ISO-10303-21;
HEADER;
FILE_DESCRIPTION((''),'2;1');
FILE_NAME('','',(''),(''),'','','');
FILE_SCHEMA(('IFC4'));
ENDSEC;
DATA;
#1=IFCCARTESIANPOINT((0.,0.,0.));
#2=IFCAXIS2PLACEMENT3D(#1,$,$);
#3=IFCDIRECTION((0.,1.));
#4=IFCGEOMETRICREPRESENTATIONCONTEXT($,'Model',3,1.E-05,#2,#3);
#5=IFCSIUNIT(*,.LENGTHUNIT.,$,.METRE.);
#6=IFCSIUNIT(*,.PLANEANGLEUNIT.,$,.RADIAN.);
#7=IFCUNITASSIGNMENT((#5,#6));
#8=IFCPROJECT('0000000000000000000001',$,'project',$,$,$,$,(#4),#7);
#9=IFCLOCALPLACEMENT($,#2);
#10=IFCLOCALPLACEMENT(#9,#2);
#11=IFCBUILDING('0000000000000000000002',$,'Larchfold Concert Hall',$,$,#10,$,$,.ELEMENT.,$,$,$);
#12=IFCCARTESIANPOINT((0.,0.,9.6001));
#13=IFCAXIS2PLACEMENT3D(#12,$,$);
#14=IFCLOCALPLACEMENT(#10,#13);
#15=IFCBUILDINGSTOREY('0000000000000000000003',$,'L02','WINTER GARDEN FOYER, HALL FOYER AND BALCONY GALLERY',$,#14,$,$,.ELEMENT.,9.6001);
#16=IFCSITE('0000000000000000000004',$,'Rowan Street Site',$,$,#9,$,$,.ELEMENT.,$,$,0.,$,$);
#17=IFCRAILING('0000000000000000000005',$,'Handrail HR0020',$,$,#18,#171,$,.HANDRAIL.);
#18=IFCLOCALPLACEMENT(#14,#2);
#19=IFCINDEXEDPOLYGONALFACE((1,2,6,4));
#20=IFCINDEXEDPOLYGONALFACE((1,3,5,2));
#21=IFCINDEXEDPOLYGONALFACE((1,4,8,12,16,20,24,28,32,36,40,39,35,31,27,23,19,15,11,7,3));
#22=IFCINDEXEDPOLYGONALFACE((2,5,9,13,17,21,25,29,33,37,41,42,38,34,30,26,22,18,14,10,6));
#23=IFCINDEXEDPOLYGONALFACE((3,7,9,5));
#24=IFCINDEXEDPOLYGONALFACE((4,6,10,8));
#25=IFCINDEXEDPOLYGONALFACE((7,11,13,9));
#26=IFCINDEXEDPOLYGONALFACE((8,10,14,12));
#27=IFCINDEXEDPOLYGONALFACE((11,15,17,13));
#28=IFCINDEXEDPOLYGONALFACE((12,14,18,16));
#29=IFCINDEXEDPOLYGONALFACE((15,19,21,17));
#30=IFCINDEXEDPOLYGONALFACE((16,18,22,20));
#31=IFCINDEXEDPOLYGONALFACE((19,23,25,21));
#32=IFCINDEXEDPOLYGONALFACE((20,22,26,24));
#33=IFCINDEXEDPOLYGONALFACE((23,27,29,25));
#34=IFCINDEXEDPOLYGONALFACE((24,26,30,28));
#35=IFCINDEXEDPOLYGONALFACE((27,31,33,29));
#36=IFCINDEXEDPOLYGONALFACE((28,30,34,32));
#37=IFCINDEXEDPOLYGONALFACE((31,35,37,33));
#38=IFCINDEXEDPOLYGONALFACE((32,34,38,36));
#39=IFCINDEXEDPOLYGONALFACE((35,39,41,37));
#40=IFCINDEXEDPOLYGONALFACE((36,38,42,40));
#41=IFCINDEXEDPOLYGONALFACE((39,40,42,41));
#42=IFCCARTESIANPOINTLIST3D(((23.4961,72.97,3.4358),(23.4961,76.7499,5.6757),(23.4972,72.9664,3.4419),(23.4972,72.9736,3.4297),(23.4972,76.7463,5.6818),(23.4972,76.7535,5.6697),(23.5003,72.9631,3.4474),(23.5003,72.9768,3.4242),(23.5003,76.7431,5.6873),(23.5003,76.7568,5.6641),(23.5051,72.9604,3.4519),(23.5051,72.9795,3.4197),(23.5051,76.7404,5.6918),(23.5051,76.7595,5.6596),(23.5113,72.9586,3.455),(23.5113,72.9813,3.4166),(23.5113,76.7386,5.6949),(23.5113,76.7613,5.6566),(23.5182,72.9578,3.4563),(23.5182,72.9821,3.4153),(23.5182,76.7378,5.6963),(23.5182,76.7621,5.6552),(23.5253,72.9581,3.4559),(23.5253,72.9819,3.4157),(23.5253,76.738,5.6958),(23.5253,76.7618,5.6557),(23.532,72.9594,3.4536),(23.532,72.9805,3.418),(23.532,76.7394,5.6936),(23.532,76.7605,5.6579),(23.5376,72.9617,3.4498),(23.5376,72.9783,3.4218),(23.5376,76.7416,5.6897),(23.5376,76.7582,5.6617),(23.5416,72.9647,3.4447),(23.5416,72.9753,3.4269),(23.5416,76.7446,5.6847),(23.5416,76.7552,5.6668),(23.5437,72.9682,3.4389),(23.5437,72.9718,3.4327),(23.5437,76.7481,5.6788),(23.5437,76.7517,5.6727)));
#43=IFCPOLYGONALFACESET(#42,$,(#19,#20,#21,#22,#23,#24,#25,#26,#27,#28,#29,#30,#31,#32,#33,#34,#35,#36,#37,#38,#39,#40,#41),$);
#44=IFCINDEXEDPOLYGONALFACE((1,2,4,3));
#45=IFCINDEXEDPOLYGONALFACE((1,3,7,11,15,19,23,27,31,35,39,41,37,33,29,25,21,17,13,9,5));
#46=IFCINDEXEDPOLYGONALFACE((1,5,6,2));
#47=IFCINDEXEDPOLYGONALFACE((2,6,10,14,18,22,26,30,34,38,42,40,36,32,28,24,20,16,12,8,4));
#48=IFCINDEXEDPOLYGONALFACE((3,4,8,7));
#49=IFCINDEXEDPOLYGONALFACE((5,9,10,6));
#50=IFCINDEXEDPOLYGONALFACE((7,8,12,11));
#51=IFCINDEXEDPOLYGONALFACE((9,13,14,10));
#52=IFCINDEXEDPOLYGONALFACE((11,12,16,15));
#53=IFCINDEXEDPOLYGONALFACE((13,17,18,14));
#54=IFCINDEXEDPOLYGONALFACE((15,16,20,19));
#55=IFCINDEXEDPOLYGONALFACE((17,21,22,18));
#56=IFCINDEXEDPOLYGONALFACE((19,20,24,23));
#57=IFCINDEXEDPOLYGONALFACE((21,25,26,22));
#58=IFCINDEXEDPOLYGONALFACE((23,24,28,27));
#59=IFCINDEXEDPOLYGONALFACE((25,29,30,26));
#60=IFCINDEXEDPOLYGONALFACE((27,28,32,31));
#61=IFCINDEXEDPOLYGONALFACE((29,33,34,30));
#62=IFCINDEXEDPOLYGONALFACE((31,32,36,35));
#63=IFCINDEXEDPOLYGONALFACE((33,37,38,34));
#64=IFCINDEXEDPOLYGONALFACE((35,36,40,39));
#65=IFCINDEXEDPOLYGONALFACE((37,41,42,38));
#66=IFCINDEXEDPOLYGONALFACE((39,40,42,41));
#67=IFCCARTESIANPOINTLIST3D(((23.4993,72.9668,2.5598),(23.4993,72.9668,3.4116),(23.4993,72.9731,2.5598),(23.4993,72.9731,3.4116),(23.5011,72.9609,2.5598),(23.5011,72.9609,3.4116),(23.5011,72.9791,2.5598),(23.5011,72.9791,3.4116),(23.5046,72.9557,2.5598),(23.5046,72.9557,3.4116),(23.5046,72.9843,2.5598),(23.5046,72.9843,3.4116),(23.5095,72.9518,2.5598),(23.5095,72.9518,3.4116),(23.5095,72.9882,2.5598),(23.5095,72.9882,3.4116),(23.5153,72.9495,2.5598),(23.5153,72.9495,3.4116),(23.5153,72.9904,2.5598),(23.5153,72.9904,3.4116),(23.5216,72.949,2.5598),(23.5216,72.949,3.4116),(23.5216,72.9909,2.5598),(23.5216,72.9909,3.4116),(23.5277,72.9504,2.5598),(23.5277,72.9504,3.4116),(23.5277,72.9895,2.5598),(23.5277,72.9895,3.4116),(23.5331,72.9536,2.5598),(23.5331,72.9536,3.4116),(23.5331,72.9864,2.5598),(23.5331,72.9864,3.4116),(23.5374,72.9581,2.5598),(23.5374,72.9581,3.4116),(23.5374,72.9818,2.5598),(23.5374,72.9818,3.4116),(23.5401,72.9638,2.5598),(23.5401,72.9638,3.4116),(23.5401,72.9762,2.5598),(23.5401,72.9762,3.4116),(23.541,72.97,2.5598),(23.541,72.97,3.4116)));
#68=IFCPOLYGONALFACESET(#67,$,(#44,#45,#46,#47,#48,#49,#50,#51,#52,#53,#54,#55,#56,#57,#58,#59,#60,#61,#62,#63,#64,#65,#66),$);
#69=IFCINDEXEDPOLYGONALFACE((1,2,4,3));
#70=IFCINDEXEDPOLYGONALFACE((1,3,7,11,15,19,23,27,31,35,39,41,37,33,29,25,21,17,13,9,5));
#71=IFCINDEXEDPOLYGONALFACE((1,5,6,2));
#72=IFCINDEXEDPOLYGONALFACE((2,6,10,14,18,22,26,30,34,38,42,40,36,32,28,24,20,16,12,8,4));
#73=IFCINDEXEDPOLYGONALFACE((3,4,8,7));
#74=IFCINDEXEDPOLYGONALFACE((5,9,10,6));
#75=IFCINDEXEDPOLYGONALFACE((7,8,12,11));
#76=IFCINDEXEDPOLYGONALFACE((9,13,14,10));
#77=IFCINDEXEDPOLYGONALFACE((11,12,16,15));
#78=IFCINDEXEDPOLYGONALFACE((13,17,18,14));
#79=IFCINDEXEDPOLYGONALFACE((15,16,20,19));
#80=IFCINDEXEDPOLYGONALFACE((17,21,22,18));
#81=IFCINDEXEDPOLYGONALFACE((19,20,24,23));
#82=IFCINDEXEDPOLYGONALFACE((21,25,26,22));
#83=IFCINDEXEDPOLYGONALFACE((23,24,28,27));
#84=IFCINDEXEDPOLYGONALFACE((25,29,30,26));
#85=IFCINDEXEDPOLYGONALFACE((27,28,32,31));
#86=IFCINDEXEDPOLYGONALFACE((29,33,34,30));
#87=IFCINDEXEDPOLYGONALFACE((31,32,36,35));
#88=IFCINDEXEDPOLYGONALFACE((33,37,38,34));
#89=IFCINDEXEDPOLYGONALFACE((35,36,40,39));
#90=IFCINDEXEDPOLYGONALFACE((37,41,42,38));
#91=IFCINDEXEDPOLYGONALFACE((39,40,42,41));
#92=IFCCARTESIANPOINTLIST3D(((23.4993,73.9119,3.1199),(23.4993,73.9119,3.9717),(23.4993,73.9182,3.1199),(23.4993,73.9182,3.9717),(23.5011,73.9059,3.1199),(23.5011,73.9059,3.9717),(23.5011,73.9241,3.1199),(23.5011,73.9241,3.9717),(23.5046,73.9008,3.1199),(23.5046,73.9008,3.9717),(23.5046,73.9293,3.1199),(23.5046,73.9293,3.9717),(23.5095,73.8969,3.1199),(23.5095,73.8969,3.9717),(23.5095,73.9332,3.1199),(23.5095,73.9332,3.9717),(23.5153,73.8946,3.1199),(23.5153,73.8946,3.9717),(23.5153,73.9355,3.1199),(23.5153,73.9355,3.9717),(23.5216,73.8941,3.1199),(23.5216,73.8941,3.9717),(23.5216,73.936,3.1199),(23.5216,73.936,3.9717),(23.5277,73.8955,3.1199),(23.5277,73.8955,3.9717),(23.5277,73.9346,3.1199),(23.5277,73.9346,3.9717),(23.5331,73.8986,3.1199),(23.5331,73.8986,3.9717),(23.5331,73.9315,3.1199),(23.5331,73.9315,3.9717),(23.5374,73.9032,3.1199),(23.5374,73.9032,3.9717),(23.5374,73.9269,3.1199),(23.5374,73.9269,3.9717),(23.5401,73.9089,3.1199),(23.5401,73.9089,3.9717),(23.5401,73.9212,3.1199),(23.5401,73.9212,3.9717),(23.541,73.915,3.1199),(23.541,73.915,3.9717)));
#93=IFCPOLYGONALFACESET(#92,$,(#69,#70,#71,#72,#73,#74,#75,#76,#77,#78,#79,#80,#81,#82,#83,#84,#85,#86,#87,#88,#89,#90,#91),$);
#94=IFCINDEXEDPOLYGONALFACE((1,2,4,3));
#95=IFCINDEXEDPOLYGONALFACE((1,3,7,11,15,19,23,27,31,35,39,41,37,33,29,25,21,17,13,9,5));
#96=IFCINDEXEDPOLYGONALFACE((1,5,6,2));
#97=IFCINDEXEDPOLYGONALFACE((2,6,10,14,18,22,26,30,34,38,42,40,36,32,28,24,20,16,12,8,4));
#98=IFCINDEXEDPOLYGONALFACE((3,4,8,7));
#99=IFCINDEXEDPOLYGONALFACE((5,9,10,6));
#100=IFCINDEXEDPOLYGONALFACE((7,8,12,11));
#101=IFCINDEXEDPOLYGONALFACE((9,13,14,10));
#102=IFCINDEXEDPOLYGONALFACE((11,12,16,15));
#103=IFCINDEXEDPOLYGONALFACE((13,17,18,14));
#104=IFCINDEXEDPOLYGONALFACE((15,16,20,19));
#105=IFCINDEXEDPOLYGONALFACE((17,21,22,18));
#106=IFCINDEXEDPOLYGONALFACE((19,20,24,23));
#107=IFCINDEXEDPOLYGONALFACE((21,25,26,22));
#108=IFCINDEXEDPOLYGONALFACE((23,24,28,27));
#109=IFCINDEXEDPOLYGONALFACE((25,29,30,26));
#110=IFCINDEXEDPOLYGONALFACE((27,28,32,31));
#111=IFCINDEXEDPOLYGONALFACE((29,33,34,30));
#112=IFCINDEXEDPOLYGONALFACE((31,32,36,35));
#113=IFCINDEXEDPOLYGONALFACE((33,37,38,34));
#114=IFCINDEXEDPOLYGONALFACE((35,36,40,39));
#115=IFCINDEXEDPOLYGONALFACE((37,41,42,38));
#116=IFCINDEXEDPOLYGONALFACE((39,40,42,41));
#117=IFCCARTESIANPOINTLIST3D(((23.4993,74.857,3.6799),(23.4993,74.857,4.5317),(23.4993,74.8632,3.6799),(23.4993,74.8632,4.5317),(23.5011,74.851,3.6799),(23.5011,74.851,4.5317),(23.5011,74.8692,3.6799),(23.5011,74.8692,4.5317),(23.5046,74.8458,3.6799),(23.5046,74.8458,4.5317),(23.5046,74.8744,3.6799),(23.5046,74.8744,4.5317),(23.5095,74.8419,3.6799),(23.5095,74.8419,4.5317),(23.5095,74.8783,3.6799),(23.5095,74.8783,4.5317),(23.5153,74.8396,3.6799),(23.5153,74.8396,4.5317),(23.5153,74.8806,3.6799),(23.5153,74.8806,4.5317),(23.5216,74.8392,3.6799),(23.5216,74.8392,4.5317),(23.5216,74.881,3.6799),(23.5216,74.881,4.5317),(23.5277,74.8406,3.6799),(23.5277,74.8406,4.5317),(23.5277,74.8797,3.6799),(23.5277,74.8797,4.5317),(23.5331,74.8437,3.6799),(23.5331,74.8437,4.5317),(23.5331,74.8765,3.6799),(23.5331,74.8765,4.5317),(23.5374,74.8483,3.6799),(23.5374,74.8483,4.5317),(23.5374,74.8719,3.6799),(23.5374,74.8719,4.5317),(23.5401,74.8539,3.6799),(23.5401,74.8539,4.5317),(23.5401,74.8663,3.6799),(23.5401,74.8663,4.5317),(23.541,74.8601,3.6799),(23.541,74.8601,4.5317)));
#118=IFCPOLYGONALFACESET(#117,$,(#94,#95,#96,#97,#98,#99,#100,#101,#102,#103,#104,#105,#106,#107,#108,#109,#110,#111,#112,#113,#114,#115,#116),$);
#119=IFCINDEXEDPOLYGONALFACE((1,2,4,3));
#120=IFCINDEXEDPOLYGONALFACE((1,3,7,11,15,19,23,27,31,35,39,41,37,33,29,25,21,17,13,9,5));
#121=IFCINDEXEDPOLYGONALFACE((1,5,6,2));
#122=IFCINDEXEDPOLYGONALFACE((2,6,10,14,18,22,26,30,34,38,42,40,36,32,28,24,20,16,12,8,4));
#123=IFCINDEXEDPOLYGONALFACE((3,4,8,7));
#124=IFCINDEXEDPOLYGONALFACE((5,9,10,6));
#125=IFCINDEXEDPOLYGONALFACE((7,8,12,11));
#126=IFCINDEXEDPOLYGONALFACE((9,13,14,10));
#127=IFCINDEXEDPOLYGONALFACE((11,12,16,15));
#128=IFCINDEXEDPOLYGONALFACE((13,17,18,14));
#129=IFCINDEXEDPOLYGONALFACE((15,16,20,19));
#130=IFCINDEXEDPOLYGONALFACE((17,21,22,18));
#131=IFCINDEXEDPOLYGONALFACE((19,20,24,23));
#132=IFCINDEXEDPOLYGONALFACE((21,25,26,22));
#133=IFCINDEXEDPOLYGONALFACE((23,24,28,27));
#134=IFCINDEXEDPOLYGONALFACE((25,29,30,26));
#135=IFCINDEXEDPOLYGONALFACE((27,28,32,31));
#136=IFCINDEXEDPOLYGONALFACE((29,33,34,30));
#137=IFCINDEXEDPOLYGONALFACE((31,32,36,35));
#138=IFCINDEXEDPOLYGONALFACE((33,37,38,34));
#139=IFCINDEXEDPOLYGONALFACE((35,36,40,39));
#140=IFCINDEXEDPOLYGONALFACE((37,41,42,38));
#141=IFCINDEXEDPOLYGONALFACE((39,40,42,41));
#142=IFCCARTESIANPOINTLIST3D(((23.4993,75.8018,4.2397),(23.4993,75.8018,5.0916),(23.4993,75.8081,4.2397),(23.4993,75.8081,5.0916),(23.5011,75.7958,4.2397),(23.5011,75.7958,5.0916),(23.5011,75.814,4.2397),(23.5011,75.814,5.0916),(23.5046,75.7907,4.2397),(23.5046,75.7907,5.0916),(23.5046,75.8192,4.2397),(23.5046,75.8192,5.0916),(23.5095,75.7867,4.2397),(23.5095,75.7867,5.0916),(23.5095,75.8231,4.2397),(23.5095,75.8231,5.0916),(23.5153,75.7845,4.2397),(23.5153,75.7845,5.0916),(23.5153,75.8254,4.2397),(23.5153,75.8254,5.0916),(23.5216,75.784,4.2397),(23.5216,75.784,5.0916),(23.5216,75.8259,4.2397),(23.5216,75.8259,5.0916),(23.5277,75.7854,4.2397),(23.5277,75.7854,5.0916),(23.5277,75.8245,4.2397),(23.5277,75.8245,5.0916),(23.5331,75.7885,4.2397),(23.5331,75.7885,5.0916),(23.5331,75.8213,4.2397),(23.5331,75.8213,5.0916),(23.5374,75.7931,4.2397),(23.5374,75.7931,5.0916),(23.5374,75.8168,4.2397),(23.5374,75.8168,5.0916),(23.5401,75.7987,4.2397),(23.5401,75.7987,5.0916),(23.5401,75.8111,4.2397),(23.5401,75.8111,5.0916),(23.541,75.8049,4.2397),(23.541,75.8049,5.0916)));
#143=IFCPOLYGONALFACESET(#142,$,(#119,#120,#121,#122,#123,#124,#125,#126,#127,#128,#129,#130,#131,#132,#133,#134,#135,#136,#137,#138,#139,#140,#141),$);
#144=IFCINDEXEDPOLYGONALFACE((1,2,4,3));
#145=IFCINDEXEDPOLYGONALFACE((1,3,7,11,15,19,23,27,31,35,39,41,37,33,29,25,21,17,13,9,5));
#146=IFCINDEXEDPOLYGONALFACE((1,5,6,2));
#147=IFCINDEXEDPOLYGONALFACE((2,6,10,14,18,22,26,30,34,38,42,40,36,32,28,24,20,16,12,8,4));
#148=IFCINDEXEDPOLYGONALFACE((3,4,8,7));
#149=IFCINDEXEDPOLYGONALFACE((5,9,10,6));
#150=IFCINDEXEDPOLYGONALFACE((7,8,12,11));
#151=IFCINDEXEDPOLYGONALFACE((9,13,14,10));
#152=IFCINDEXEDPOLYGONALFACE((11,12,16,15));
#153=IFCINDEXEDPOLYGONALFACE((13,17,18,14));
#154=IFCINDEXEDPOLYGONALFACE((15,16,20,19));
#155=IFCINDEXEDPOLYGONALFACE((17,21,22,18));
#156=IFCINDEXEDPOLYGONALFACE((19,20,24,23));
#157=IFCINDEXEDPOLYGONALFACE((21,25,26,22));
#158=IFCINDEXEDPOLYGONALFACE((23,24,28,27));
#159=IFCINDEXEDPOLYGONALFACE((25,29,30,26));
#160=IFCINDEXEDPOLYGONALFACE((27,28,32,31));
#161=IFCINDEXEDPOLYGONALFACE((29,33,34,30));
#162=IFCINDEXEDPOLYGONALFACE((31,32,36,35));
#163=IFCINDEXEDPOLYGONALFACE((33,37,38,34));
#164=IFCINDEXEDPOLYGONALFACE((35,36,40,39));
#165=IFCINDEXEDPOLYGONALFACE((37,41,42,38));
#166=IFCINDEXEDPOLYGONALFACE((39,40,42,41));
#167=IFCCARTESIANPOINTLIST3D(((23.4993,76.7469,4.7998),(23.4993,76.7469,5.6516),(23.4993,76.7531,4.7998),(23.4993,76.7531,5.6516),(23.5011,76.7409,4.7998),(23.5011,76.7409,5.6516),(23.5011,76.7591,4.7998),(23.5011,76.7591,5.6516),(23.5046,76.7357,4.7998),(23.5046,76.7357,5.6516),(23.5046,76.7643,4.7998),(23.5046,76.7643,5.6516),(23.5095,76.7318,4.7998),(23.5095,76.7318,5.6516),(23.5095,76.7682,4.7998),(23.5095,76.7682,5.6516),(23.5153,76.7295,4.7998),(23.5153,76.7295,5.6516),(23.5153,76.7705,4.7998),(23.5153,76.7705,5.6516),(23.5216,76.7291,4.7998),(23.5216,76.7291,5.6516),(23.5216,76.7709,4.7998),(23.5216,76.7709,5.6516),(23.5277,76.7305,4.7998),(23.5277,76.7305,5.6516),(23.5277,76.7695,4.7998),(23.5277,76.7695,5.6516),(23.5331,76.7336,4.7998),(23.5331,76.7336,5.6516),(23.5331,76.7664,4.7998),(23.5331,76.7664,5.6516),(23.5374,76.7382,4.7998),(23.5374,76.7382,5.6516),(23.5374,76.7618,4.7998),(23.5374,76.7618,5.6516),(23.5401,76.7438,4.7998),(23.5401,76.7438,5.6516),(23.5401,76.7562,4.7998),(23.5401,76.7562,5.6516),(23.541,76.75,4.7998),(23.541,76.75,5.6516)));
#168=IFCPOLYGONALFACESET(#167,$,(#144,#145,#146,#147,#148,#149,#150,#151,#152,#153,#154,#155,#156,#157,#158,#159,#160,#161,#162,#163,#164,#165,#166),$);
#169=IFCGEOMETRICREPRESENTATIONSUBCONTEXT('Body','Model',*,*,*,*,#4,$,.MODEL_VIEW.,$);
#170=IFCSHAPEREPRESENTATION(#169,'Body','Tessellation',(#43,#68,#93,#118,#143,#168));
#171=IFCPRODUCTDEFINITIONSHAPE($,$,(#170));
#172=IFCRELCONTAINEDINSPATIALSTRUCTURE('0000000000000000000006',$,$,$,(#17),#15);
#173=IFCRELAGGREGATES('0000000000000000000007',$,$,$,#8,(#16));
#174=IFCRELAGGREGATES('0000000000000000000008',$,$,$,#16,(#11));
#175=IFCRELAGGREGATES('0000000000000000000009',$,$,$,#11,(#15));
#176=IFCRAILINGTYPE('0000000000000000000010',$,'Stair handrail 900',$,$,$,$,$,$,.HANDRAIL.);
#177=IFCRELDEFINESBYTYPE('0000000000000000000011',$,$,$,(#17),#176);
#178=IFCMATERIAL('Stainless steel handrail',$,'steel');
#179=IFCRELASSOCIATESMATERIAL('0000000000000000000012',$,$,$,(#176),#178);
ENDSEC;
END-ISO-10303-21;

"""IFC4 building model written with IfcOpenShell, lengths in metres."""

from ifc_helpers import new_model, si_unit, direction, frame, origin, origin_2d, place, context, subcontext, project, spatial, circle, extrude, material, type_object, element, save


model = new_model("IFC4")

# Units and contexts
model_context = context("Model", 3, precision=1e-05, world=origin(), true_north=direction((0.0, 1.0)))
body_context = subcontext(model_context, "Body", "Model", "MODEL_VIEW")
ifc_project = project(units=[si_unit("LENGTHUNIT", "METRE"), si_unit("PLANEANGLEUNIT", "RADIAN")], contexts=[model_context])

# Site, building, storey
site_placement = place(None, origin())
site = spatial("IfcSite", under=ifc_project, at=site_placement, Name="Rowan Street Site", CompositionType="ELEMENT", RefElevation=0.0)
building_placement = place(site_placement, origin())
building = spatial("IfcBuilding", under=site, at=building_placement, Name="Larchfold Concert Hall", CompositionType="ELEMENT")
storey_placement = place(building_placement, frame((0.0, 0.0, 9.6001)))
storey = spatial("IfcBuildingStorey", under=building, at=storey_placement, Name="L02", Description="WINTER GARDEN FOYER, HALL FOYER AND BALCONY GALLERY", CompositionType="ELEMENT", Elevation=9.6001)

# Railing
ifc_material_1 = material(Name="Stainless steel handrail", Category="steel")
railing_type_1 = type_object("IfcRailingType", Name="Stair handrail 900", PredefinedType="HANDRAIL", material=ifc_material_1)
railing_1_placement = place(storey_placement, frame((23.52, 72.97, 2.5598)))
element("IfcRailing", 1, at=railing_1_placement, inside=storey, type_object=railing_type_1, Name="Handrail HR0020", PredefinedType="HANDRAIL", context=body_context, shape_type="SweptSolid", body=[
    extrude(circle(Radius=0.0239, at=origin_2d()), frame((0.0, 0.0, 0.876), z_axis=(0.0, 0.860294, 0.509798), x_axis=(-1.0, 0.0, 0.0)), (0.0, 0.0, 1.0), 4.3938),
    extrude(circle(Radius=0.021, at=origin_2d()), origin(), (0.0, 0.0, 1.0), 0.8518),
    extrude(circle(Radius=0.021, at=origin_2d()), frame((0.0, 0.9451, 0.5601)), (0.0, 0.0, 1.0), 0.8518),
    extrude(circle(Radius=0.021, at=origin_2d()), frame((0.0, 1.8901, 1.1201)), (0.0, 0.0, 1.0), 0.8518),
    extrude(circle(Radius=0.021, at=origin_2d()), frame((0.0, 2.835, 1.6799)), (0.0, 0.0, 1.0), 0.8518),
    extrude(circle(Radius=0.021, at=origin_2d()), frame((0.0, 3.78, 2.24)), (0.0, 0.0, 1.0), 0.8518),
])

save(model, "model.ifc")
